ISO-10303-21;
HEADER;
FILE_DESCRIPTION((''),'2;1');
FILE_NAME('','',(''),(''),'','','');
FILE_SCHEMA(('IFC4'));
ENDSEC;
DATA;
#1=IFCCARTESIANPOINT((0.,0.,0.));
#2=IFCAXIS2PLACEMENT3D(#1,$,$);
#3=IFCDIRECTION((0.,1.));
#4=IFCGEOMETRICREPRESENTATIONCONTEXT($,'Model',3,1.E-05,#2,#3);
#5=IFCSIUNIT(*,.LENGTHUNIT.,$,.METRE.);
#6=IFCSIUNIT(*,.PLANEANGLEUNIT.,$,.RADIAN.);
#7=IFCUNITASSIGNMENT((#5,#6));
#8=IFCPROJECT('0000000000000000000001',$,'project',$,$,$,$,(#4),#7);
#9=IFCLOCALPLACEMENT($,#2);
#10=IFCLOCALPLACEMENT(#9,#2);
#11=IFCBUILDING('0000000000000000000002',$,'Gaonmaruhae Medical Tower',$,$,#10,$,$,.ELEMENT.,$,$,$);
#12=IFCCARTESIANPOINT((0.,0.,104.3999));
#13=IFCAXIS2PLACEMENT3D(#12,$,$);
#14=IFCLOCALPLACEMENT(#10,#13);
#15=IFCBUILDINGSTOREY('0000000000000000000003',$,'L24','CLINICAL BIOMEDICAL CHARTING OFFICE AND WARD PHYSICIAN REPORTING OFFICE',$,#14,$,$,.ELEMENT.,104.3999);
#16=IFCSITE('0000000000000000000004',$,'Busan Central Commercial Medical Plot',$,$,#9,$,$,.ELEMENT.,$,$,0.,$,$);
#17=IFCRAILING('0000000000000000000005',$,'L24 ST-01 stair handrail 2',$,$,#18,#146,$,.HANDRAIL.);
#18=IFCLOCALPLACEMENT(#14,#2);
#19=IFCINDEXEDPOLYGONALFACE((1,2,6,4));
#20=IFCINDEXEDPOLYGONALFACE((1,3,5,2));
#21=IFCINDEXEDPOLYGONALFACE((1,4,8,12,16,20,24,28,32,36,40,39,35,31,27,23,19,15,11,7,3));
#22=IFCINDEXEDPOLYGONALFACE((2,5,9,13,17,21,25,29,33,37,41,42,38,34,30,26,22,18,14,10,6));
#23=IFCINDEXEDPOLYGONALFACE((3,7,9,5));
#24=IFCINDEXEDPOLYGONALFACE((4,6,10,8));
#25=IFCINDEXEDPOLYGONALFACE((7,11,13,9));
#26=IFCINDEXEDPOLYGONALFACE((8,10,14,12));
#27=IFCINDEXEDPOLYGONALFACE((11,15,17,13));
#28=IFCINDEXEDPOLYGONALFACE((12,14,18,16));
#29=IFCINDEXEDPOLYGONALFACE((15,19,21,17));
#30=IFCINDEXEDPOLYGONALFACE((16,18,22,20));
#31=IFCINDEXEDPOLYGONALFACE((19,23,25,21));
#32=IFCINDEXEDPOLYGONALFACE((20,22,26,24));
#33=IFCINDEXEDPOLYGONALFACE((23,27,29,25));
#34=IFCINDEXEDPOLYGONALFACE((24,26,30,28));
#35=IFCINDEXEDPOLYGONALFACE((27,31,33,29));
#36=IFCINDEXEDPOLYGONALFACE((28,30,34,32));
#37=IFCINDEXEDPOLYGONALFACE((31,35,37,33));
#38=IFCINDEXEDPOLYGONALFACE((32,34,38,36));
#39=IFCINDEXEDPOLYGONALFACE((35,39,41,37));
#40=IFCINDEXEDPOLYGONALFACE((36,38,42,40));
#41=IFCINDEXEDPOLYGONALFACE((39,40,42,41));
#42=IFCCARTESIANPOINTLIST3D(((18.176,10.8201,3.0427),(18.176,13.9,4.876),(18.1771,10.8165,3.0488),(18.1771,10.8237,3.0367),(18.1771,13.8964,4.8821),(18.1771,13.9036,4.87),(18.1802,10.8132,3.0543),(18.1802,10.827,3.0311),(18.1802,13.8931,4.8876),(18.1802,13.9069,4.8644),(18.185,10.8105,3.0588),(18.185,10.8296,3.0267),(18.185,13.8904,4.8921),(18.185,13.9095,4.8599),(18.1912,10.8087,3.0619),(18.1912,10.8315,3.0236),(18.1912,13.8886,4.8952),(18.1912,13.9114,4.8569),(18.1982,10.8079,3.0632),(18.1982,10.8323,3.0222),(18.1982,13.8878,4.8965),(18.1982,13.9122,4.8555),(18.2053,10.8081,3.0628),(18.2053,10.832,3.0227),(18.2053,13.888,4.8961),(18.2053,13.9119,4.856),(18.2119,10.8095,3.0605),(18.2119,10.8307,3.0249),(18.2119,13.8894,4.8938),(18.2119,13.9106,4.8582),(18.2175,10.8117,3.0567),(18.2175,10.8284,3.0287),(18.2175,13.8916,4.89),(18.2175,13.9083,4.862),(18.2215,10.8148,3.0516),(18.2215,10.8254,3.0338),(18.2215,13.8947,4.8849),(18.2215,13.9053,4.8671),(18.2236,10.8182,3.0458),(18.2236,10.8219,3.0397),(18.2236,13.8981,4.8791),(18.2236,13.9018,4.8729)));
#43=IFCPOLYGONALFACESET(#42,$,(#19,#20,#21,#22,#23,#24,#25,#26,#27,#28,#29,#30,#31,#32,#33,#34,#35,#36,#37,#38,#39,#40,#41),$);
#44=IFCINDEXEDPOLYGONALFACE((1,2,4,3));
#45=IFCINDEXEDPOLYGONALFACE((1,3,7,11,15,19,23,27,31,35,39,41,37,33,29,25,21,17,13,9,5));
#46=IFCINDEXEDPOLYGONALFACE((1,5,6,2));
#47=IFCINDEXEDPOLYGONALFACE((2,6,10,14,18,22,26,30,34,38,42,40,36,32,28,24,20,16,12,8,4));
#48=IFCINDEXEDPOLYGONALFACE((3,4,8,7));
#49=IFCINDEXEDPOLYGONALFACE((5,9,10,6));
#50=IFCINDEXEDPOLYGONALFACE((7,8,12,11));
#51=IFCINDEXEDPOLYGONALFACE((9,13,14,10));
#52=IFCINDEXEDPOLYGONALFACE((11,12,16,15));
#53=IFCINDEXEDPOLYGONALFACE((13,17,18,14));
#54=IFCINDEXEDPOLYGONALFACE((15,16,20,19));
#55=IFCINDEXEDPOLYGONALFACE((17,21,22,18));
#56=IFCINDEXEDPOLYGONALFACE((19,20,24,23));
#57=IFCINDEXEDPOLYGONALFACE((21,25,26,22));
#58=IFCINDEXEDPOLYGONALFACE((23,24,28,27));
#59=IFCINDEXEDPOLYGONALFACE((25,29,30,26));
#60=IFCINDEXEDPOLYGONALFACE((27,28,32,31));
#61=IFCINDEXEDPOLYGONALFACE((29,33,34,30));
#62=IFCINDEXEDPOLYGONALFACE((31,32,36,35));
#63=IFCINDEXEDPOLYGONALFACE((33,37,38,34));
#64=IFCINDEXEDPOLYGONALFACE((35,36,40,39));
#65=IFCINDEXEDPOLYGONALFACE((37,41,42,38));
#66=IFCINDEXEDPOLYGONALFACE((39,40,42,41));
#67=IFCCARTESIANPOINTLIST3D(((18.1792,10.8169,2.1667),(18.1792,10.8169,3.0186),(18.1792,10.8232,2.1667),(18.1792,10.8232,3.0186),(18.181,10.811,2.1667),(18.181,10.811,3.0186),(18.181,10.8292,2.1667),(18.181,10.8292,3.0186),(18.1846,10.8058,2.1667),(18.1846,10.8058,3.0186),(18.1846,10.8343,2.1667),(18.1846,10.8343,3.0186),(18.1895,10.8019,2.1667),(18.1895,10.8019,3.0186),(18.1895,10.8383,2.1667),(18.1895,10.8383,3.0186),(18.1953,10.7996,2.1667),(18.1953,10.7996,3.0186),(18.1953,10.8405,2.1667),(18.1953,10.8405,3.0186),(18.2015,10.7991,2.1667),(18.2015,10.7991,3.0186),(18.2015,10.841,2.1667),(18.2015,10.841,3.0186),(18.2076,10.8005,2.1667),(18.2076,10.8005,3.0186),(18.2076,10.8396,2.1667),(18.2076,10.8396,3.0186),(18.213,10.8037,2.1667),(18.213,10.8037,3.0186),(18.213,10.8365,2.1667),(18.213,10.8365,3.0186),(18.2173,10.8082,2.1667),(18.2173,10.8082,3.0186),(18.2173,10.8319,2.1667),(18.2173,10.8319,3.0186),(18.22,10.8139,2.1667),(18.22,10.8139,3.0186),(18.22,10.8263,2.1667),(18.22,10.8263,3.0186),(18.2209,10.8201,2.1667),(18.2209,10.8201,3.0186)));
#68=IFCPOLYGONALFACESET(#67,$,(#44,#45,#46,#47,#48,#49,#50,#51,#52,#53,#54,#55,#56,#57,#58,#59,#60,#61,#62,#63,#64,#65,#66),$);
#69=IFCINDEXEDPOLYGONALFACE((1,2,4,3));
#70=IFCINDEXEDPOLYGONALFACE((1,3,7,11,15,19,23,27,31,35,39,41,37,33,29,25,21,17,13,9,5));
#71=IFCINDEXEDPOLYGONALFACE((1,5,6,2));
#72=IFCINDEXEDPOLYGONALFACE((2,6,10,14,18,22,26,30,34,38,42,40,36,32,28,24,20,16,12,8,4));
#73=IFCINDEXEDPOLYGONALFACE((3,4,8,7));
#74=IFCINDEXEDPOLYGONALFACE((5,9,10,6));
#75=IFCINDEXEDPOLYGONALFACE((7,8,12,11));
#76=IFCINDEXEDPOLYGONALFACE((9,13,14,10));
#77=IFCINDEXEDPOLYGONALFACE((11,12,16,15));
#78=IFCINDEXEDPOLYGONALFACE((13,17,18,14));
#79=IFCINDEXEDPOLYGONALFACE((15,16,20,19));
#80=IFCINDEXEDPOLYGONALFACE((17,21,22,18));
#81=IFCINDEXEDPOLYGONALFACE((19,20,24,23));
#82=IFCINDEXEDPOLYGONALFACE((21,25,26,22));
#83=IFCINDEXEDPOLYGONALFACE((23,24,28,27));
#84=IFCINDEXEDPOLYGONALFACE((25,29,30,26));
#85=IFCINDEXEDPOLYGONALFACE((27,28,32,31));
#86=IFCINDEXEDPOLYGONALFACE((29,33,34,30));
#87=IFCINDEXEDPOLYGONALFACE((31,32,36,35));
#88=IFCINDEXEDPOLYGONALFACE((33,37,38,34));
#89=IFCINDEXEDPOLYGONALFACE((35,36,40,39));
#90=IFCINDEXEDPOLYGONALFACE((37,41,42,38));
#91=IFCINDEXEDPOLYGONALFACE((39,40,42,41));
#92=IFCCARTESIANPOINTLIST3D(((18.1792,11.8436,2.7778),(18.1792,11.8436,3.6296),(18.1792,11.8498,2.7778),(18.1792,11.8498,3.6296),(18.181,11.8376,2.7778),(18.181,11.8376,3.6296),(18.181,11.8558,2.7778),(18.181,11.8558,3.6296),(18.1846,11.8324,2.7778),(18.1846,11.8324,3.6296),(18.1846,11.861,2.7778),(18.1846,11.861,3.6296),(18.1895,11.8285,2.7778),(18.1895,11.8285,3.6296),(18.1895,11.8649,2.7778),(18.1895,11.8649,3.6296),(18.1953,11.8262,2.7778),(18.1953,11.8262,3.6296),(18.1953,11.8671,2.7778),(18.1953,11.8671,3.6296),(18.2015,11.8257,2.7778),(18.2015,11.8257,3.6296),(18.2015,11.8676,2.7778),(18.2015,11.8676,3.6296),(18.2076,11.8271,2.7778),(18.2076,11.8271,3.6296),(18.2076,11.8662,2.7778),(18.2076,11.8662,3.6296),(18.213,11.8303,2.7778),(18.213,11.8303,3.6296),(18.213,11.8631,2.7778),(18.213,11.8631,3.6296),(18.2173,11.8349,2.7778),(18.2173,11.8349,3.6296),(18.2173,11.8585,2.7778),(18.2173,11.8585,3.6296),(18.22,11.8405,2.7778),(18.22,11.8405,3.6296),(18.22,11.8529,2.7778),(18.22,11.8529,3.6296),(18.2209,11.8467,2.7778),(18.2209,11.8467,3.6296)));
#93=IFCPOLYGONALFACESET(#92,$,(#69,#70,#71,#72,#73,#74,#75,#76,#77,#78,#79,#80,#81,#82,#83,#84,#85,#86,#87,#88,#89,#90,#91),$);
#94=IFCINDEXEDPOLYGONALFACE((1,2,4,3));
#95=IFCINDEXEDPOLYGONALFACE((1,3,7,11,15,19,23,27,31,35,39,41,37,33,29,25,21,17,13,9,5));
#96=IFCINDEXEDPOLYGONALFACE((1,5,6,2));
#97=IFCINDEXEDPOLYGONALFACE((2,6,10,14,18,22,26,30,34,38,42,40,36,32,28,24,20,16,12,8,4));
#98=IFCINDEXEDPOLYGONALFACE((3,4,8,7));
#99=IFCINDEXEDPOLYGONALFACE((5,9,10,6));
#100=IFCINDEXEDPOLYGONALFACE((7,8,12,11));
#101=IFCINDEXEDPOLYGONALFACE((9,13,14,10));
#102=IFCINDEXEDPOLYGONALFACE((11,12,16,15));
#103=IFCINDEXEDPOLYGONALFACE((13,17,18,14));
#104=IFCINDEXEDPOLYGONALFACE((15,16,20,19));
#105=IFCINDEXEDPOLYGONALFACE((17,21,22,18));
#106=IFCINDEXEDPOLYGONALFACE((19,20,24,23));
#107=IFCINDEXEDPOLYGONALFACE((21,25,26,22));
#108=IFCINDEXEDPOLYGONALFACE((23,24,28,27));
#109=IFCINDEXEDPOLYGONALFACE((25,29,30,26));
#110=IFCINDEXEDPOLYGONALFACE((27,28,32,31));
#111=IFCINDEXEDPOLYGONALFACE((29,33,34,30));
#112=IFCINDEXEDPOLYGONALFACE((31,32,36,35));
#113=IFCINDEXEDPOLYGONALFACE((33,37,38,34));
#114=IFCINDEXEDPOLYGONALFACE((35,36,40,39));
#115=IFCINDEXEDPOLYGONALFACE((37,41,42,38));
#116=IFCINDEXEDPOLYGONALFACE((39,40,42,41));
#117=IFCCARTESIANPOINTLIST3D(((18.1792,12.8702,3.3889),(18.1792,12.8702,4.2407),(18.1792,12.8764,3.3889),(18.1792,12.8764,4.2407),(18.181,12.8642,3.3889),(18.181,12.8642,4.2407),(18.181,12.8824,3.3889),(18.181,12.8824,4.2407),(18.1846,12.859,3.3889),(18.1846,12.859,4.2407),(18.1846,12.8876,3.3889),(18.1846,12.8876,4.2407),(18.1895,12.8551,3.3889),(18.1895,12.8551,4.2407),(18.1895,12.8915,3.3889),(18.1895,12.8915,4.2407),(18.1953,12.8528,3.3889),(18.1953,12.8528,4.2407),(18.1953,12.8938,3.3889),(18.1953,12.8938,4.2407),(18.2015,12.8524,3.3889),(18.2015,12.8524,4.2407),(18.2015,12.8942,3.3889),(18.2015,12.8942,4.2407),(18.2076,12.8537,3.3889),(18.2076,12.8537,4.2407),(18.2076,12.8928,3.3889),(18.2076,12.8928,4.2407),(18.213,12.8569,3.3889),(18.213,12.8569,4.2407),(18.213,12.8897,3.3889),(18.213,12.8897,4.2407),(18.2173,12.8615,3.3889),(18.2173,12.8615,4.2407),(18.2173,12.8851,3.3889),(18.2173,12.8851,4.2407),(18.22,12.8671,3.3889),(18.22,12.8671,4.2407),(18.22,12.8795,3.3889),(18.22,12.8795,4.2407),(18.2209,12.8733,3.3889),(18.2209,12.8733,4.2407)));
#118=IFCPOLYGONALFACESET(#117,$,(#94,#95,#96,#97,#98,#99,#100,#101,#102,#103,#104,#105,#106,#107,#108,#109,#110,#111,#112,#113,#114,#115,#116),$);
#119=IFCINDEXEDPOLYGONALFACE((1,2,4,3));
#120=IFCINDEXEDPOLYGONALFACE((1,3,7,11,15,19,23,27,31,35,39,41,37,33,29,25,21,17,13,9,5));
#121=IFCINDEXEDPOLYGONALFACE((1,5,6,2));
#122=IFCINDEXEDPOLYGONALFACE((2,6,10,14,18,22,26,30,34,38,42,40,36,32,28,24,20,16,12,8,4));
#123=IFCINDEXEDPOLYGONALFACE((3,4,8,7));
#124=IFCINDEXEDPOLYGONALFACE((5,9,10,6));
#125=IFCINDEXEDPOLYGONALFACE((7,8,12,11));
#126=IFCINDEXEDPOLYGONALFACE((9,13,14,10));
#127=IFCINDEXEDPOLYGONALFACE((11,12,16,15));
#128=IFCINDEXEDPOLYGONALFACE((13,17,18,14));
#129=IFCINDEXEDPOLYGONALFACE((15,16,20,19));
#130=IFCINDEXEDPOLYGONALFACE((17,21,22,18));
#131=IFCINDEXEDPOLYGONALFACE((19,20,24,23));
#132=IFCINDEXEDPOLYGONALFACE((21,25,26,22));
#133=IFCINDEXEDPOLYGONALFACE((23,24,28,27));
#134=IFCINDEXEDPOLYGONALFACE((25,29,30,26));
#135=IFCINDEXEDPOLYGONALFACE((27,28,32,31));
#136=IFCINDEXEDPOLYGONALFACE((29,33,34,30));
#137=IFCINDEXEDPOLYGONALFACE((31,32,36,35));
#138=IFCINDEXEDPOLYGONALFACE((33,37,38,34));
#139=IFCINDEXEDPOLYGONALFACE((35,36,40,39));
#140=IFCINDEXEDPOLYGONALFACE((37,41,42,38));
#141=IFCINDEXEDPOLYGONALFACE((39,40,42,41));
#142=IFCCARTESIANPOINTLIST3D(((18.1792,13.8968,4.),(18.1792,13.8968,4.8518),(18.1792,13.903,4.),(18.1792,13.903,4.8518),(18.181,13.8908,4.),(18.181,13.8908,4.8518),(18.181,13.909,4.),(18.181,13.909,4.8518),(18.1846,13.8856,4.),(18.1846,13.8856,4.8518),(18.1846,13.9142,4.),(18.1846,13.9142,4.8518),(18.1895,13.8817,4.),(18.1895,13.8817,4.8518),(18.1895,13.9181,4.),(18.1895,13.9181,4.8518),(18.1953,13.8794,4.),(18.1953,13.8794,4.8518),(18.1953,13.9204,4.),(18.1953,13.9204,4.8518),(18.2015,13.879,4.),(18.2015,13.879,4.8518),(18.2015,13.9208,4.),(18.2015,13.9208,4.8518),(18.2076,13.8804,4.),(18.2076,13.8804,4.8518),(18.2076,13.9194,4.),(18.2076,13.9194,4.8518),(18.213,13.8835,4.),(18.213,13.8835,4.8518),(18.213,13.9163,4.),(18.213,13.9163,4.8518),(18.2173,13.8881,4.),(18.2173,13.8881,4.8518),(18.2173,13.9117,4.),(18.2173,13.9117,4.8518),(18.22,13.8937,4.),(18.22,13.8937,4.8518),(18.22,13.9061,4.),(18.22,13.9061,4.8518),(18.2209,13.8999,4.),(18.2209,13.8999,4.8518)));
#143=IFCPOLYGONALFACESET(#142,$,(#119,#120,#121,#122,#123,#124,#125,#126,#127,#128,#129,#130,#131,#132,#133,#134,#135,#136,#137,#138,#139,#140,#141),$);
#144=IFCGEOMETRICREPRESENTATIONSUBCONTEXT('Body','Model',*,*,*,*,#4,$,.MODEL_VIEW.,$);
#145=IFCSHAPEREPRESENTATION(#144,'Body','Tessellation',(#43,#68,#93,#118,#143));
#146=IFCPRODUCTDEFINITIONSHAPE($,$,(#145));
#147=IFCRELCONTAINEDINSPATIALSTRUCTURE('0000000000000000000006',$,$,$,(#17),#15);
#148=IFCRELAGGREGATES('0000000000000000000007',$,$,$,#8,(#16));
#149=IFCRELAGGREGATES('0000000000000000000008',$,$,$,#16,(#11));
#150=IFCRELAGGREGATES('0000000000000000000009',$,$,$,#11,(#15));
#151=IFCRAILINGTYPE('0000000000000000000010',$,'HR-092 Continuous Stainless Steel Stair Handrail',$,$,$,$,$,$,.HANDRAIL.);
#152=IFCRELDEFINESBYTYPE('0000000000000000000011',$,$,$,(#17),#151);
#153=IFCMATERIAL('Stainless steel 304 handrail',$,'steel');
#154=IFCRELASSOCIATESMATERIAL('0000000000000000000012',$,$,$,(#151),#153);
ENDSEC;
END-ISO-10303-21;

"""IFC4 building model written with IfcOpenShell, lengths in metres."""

from ifc_helpers import new_model, si_unit, direction, frame, origin, origin_2d, place, context, subcontext, project, spatial, circle, extrude, material, type_object, element, save


model = new_model("IFC4")

# Units and contexts
model_context = context("Model", 3, precision=1e-05, world=origin(), true_north=direction((0.0, 1.0)))
body_context = subcontext(model_context, "Body", "Model", "MODEL_VIEW")
ifc_project = project(units=[si_unit("LENGTHUNIT", "METRE"), si_unit("PLANEANGLEUNIT", "RADIAN")], contexts=[model_context])

# Site, building, storey
site_placement = place(None, origin())
site = spatial("IfcSite", under=ifc_project, at=site_placement, Name="Busan Central Commercial Medical Plot", CompositionType="ELEMENT", RefElevation=0.0)
building_placement = place(site_placement, origin())
building = spatial("IfcBuilding", under=site, at=building_placement, Name="Gaonmaruhae Medical Tower", CompositionType="ELEMENT")
storey_placement = place(building_placement, frame((0.0, 0.0, 104.3999)))
storey = spatial("IfcBuildingStorey", under=building, at=storey_placement, Name="L24", Description="CLINICAL BIOMEDICAL CHARTING OFFICE AND WARD PHYSICIAN REPORTING OFFICE", CompositionType="ELEMENT", Elevation=104.3999)

# Railing
ifc_material_1 = material(Name="Stainless steel 304 handrail", Category="steel")
railing_type_1 = type_object("IfcRailingType", Name="HR-092 Continuous Stainless Steel Stair Handrail", PredefinedType="HANDRAIL", material=ifc_material_1)
railing_1_placement = place(storey_placement, frame((18.2, 10.8201, 2.1667)))
element("IfcRailing", 1, at=railing_1_placement, inside=storey, type_object=railing_type_1, Name="L24 ST-01 stair handrail 2", PredefinedType="HANDRAIL", context=body_context, shape_type="SweptSolid", body=[
    extrude(circle(Radius=0.0239, at=origin_2d()), frame((0.0, 0.0, 0.876), z_axis=(0.0, 0.859291, 0.511487), x_axis=(-1.0, 0.0, 0.0)), (0.0, 0.0, 1.0), 3.5842),
    extrude(circle(Radius=0.021, at=origin_2d()), origin(), (0.0, 0.0, 1.0), 0.8518),
    extrude(circle(Radius=0.021, at=origin_2d()), frame((0.0, 1.0266, 0.6111)), (0.0, 0.0, 1.0), 0.8518),
    extrude(circle(Radius=0.021, at=origin_2d()), frame((0.0, 2.0532, 1.2222)), (0.0, 0.0, 1.0), 0.8518),
    extrude(circle(Radius=0.021, at=origin_2d()), frame((0.0, 3.0798, 1.8333)), (0.0, 0.0, 1.0), 0.8518),
])

save(model, "model.ifc")
